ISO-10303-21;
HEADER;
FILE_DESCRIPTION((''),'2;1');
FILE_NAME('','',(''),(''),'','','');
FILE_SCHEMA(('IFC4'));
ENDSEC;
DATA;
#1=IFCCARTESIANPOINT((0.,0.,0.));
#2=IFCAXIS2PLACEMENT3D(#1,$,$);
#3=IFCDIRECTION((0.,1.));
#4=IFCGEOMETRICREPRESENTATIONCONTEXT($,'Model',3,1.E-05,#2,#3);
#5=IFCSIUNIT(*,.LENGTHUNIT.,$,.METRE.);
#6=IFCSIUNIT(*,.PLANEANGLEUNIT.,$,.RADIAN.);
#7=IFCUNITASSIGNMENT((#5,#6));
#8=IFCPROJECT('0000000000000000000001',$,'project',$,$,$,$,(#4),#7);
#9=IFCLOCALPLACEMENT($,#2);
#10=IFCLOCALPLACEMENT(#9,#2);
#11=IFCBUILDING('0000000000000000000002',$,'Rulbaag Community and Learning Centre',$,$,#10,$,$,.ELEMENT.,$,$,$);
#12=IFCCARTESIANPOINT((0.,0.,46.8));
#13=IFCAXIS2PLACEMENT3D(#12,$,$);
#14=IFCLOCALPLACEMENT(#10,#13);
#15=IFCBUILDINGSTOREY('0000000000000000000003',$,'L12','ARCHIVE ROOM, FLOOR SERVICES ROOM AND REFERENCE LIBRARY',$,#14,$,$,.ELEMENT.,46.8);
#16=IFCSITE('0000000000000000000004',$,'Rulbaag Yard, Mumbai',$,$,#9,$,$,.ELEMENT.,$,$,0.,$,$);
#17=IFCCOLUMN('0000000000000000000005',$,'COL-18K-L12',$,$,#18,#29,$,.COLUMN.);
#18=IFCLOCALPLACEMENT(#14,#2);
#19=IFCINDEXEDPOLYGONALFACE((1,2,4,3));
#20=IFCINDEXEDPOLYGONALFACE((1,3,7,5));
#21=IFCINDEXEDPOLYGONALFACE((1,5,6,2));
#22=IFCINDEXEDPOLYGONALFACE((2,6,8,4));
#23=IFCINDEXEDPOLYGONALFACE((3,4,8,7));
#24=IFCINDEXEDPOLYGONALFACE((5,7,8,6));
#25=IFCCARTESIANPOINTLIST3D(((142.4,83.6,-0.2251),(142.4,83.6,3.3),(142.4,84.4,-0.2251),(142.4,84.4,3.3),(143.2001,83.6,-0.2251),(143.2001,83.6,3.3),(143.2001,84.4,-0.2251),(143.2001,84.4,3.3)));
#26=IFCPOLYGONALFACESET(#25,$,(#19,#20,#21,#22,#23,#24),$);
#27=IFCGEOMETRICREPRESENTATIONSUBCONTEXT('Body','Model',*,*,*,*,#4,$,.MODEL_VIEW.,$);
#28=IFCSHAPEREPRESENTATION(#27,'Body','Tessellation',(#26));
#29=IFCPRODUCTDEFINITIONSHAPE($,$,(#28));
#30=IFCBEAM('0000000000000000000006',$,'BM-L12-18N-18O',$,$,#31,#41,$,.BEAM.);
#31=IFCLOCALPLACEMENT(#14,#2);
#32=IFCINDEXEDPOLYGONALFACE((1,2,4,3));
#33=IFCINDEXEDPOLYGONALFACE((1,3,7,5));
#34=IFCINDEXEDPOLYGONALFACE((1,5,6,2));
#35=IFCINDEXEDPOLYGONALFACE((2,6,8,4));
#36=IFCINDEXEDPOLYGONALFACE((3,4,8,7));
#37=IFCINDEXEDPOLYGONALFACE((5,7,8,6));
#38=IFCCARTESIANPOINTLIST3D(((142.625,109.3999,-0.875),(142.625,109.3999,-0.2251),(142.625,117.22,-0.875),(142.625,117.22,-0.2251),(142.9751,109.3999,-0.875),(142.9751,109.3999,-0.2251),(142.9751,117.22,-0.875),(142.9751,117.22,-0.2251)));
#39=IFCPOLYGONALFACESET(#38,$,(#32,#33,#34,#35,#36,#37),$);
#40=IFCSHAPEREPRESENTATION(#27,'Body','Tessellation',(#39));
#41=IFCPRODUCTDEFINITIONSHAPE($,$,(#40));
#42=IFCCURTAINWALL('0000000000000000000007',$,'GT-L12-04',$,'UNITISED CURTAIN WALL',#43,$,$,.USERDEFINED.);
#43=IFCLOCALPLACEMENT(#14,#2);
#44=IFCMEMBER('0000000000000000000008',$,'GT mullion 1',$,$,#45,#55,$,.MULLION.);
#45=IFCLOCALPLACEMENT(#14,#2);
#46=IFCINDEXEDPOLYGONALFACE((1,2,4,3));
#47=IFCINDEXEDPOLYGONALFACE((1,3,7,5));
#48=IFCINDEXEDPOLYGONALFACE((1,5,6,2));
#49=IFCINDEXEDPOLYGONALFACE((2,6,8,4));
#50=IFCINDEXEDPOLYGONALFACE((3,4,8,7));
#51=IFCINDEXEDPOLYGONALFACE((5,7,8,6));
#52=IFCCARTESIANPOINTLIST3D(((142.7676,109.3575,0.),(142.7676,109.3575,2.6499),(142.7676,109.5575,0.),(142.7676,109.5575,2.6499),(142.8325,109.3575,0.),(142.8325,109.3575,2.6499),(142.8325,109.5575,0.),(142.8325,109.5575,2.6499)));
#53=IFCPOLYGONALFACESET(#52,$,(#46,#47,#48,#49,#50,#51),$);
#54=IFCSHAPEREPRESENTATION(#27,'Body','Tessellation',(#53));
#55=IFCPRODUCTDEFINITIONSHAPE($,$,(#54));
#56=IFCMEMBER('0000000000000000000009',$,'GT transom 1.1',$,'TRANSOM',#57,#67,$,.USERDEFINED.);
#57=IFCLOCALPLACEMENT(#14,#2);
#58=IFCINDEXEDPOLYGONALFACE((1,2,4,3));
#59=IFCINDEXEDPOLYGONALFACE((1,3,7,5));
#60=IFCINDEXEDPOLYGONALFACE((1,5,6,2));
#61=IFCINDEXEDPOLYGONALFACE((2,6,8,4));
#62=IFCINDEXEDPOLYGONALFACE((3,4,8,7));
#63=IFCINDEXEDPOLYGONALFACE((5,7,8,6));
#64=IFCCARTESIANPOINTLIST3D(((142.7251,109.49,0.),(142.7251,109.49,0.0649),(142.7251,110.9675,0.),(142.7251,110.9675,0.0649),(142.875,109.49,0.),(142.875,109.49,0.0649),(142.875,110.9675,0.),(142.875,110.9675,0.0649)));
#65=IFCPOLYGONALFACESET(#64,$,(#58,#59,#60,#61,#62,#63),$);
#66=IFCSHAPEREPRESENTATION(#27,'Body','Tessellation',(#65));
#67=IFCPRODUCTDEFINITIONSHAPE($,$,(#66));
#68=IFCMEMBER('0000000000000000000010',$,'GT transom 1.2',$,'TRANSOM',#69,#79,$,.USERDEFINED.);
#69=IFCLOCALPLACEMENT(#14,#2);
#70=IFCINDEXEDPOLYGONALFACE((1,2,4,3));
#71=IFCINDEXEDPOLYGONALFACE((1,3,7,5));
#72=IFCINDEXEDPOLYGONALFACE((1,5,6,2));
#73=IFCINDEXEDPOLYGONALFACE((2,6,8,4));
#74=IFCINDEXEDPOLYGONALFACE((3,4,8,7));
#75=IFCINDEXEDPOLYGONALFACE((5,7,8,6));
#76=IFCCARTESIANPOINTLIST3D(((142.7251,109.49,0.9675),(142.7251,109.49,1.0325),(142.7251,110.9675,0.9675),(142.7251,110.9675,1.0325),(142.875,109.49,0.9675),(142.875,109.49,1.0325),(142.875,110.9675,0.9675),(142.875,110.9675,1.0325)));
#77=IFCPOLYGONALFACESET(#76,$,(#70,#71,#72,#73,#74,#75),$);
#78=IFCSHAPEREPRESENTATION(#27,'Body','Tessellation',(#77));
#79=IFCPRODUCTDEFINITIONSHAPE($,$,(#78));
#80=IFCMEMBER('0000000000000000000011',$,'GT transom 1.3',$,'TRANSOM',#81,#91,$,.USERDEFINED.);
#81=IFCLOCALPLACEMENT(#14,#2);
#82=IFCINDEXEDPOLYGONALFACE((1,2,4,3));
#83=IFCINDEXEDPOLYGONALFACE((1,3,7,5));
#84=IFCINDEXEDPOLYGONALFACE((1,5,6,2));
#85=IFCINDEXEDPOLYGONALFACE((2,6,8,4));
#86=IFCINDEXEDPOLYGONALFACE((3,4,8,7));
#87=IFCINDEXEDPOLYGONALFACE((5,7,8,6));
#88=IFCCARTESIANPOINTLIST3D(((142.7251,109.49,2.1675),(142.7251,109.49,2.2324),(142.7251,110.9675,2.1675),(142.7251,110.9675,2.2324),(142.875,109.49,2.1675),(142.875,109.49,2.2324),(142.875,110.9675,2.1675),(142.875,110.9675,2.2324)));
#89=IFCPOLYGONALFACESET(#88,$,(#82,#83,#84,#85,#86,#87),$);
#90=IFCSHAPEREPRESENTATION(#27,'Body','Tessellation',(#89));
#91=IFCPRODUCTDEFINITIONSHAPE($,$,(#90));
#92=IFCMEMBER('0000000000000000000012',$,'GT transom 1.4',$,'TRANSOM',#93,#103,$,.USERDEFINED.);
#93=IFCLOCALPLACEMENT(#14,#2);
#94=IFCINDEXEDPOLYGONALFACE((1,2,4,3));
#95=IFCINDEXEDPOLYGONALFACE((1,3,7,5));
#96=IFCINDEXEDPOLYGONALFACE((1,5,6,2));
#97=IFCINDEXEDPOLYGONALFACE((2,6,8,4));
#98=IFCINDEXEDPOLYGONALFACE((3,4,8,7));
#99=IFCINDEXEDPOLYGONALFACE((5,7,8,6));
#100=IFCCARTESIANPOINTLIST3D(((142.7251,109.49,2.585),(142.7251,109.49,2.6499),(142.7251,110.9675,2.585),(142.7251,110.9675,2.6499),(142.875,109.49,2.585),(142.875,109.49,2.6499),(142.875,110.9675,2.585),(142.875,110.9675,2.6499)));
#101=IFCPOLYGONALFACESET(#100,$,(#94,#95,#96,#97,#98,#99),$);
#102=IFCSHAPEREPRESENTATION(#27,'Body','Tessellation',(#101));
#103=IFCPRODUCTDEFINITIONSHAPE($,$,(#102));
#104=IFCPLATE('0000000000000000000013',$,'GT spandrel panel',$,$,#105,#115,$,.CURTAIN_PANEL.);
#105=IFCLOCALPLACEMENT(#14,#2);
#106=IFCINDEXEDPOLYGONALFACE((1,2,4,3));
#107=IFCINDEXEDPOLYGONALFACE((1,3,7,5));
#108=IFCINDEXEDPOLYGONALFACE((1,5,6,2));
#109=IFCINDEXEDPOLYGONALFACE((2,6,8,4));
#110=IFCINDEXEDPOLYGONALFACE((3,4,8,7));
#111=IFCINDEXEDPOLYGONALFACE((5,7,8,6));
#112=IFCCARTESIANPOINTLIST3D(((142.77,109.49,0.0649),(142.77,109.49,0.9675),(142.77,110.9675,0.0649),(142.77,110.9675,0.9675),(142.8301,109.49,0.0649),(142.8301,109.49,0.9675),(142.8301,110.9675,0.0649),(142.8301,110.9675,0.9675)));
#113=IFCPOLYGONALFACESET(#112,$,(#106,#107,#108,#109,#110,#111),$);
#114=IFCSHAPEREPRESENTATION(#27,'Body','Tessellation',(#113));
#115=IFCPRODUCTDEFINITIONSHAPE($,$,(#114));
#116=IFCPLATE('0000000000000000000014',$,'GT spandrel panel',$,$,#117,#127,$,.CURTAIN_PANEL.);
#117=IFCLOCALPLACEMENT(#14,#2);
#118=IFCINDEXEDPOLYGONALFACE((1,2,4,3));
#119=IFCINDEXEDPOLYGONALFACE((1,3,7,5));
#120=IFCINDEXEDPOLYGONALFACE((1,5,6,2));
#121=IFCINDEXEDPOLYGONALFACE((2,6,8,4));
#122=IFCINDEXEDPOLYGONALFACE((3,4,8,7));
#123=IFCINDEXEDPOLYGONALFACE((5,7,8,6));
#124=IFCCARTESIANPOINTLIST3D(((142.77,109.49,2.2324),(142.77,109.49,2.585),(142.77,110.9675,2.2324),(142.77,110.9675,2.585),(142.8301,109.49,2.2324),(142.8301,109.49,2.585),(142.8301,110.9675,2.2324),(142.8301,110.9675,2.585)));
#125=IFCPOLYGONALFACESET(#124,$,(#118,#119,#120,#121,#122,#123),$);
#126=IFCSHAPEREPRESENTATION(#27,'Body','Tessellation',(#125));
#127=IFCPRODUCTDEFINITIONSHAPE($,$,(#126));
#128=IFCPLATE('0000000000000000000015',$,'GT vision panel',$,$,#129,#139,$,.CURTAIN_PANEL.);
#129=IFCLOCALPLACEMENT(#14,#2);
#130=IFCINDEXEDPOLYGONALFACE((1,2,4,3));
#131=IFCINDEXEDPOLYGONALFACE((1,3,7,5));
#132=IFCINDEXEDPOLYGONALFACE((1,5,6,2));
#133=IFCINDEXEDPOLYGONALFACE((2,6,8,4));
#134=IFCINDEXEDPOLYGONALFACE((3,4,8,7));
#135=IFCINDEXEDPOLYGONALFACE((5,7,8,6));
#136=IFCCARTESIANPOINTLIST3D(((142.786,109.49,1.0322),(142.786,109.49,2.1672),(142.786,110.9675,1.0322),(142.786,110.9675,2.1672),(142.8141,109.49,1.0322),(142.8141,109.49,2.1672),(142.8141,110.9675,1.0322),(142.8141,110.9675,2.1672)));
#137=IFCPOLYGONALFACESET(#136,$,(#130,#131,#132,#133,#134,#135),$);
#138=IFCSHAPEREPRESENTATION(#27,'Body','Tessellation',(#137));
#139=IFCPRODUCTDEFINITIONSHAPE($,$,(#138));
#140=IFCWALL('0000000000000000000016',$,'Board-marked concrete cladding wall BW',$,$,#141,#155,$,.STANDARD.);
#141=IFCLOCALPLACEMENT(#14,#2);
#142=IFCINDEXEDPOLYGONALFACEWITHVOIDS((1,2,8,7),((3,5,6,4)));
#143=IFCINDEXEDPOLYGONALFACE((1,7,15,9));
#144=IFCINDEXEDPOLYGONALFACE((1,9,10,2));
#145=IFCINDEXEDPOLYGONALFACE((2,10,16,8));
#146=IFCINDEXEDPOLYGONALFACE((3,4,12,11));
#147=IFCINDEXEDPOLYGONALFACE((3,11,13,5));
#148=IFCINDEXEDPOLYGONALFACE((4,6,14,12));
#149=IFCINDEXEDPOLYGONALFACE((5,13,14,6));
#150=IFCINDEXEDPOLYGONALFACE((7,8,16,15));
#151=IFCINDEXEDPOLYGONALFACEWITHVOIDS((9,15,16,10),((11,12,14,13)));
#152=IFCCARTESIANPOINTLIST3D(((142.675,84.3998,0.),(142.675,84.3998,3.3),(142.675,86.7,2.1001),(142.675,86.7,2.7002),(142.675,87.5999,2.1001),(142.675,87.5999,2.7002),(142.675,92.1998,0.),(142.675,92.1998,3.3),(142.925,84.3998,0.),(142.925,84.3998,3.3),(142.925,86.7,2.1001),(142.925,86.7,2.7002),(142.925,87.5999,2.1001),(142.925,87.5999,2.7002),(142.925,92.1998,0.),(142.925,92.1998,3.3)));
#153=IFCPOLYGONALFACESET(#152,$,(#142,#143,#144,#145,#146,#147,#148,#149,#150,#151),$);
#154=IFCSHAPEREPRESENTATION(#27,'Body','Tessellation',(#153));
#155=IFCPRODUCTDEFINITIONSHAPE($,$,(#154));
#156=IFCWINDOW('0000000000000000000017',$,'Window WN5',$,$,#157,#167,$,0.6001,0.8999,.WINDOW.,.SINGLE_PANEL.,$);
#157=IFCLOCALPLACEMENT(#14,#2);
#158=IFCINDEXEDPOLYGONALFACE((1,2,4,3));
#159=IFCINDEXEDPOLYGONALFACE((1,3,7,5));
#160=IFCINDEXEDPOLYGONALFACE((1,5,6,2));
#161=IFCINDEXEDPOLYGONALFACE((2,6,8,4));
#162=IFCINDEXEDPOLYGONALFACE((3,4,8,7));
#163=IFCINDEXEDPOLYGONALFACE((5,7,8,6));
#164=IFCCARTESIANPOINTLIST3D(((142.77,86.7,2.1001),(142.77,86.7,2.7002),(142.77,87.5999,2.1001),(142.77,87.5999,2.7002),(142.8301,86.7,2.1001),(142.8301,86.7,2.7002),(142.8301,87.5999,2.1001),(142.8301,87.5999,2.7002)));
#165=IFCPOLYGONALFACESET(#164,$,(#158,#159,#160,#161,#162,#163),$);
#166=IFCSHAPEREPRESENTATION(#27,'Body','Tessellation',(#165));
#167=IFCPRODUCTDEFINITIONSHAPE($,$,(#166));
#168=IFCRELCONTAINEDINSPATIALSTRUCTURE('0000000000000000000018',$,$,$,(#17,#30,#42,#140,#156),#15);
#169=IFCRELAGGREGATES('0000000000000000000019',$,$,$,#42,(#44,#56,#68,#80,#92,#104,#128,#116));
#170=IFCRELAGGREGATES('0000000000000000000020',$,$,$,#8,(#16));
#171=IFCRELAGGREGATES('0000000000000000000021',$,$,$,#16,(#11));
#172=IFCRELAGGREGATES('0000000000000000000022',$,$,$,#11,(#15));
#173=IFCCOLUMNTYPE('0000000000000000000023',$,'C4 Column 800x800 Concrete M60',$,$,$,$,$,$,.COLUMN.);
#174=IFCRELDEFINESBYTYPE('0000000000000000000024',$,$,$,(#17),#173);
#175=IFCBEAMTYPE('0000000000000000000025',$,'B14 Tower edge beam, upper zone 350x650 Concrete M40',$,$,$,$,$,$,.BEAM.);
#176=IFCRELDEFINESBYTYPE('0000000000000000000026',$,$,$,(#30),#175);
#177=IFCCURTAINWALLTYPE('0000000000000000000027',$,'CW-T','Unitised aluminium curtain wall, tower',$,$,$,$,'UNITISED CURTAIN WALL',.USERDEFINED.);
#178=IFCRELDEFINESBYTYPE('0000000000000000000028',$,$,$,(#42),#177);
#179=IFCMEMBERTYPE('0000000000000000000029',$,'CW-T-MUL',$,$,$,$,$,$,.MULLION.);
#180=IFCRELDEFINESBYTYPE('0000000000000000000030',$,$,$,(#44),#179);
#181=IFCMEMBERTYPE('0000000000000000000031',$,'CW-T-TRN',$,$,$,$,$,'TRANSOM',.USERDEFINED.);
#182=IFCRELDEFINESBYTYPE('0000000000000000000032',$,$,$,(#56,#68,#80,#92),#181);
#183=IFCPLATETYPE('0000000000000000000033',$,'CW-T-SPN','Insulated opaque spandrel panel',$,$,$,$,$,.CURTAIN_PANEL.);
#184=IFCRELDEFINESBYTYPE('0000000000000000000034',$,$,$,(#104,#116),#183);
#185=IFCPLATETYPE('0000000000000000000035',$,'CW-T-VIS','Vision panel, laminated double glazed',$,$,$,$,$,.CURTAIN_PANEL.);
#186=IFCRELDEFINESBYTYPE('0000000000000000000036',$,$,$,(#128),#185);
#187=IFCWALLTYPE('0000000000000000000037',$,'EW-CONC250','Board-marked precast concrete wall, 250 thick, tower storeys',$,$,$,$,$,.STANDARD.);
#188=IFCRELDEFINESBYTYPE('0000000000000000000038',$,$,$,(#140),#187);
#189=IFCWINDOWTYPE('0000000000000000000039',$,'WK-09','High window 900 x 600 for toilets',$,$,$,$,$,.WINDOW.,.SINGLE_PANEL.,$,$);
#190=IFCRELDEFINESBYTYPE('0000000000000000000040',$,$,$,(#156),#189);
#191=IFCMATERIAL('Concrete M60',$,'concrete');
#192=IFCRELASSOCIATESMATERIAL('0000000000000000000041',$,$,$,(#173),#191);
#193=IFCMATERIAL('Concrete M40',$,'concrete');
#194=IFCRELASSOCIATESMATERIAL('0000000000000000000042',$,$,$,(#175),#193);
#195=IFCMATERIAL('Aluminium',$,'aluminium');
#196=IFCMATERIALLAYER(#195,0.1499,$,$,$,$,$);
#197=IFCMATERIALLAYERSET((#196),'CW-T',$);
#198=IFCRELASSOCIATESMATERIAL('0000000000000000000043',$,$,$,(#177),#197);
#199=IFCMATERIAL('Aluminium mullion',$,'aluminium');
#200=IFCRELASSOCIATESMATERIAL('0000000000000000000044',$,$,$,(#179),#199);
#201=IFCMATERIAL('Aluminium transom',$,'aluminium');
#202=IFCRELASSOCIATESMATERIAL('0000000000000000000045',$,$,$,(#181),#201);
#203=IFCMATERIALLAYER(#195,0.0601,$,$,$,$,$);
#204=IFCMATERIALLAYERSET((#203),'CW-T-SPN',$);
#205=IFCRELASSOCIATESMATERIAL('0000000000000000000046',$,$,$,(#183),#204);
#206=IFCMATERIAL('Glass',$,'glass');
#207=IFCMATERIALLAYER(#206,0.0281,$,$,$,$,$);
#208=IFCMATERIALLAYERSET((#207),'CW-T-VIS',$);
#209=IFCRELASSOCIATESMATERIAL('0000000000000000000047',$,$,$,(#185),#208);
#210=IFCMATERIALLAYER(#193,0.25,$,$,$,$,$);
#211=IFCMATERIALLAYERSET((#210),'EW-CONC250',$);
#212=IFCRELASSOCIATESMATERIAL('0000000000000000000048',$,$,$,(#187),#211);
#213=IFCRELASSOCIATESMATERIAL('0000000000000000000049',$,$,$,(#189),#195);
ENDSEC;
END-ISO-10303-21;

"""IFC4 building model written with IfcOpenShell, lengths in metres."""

from ifc_helpers import new_model, si_unit, direction, frame, frame_2d, origin, origin_2d, place, context, subcontext, project, spatial, rectangle, extrude, material, layer, layer_set, material_profile, profile_set, type_object, element, fill, aggregate, save


model = new_model("IFC4")

# Units and contexts
model_context = context("Model", 3, precision=1e-05, world=origin(), true_north=direction((0.0, 1.0)))
body_context = subcontext(model_context, "Body", "Model", "MODEL_VIEW")
ifc_project = project(units=[si_unit("LENGTHUNIT", "METRE"), si_unit("PLANEANGLEUNIT", "RADIAN")], contexts=[model_context])

# Site, building, storey
site_placement = place(None, origin())
site = spatial("IfcSite", under=ifc_project, at=site_placement, Name="Rulbaag Yard, Mumbai", CompositionType="ELEMENT", RefElevation=0.0)
building_placement = place(site_placement, origin())
building = spatial("IfcBuilding", under=site, at=building_placement, Name="Rulbaag Community and Learning Centre", CompositionType="ELEMENT")
storey_placement = place(building_placement, frame((0.0, 0.0, 46.8)))
storey = spatial("IfcBuildingStorey", under=building, at=storey_placement, Name="L12", Description="ARCHIVE ROOM, FLOOR SERVICES ROOM AND REFERENCE LIBRARY", CompositionType="ELEMENT", Elevation=46.8)

# Column
ifc_material_1 = material(Name="Concrete M60", Category="concrete")
ifc_material_profile_1 = material_profile(ifc_material_1, rectangle(XDim=0.8, YDim=0.8, at=origin_2d()), Name="RC800x800")
ifc_profile_set_1 = profile_set([ifc_material_profile_1], Name="Concrete M60")
column_type = type_object("IfcColumnType", Name="C4 Column 800x800 Concrete M60", PredefinedType="COLUMN", material=ifc_profile_set_1)
column_placement = place(storey_placement, frame((142.8, 84.0, -0.2251), z_axis=(0.0, 0.0, 1.0), x_axis=(1.0, 0.0, 0.0)))
element("IfcColumn", 1, at=column_placement, inside=storey, type_object=column_type, Name="COL-18K-L12", PredefinedType="COLUMN", context=body_context, shape_type="SweptSolid", body=[
    extrude(rectangle(XDim=0.8, YDim=0.8, at=origin_2d()), origin(), (0.0, 0.0, 1.0), 3.5251),
])

# Beam
ifc_material_2 = material(Name="Concrete M40", Category="concrete")
ifc_material_profile_2 = material_profile(ifc_material_2, rectangle(XDim=0.3501, YDim=0.6499, at=origin_2d()), Name="RB350x650")
ifc_profile_set_2 = profile_set([ifc_material_profile_2], Name="Concrete M40")
beam_type = type_object("IfcBeamType", Name="B14 Tower edge beam, upper zone 350x650 Concrete M40", PredefinedType="BEAM", material=ifc_profile_set_2)
beam_placement = place(storey_placement, frame((142.8, 109.3999, -0.55), z_axis=(0.0, 1.0, 0.0), x_axis=(-1.0, 0.0, 0.0)))
element("IfcBeam", 2, at=beam_placement, inside=storey, type_object=beam_type, Name="BM-L12-18N-18O", PredefinedType="BEAM", context=body_context, shape_type="SweptSolid", body=[
    extrude(rectangle(XDim=0.3501, YDim=0.6499, at=origin_2d()), origin(), (0.0, 0.0, 1.0), 7.8201),
])

# Curtain wall, members, plates
ifc_material_3 = material(Name="Aluminium", Category="aluminium")
ifc_layer_1 = layer(ifc_material_3, 0.1499)
ifc_layer_set_1 = layer_set([ifc_layer_1], Name="CW-T")
curtain_wall_type = type_object("IfcCurtainWallType", Name="CW-T", Description="Unitised aluminium curtain wall, tower", ElementType="UNITISED CURTAIN WALL", PredefinedType="USERDEFINED", material=ifc_layer_set_1)
curtain_wall_placement = place(storey_placement, origin())
curtain_wall = element("IfcCurtainWall", 3, at=curtain_wall_placement, inside=storey, type_object=curtain_wall_type, Name="GT-L12-04", ObjectType="UNITISED CURTAIN WALL", PredefinedType="USERDEFINED")
ifc_material_4 = material(Name="Aluminium mullion", Category="aluminium")
ifc_material_profile_3 = material_profile(ifc_material_4, rectangle(XDim=0.0649, YDim=0.2, at=origin_2d()), Name="AL 65x200")
ifc_profile_set_3 = profile_set([ifc_material_profile_3], Name="Aluminium mullion")
member_type_1 = type_object("IfcMemberType", Name="CW-T-MUL", PredefinedType="MULLION", material=ifc_profile_set_3)
member_1_placement = place(storey_placement, frame((142.8, 109.4575, 0.0), z_axis=(0.0, 0.0, 1.0), x_axis=(-1.0, 0.0, 0.0)))
member_1 = element("IfcMember", 4, at=member_1_placement, type_object=member_type_1, Name="GT mullion 1", PredefinedType="MULLION", context=body_context, shape_type="SweptSolid", body=[
    extrude(rectangle(XDim=0.0649, YDim=0.2, at=origin_2d()), origin(), (0.0, 0.0, 1.0), 2.6499),
])
ifc_material_5 = material(Name="Aluminium transom", Category="aluminium")
ifc_material_profile_4 = material_profile(ifc_material_5, rectangle(XDim=0.1499, YDim=0.0649, at=origin_2d()), Name="AL 65x150 T")
ifc_profile_set_4 = profile_set([ifc_material_profile_4], Name="Aluminium transom")
member_type_2 = type_object("IfcMemberType", Name="CW-T-TRN", ElementType="TRANSOM", PredefinedType="USERDEFINED", material=ifc_profile_set_4)
member_2_placement = place(storey_placement, frame((142.8, 109.49, 0.0325), z_axis=(0.0, 1.0, 0.0), x_axis=(-1.0, 0.0, 0.0)))
member_2 = element("IfcMember", 5, at=member_2_placement, type_object=member_type_2, Name="GT transom 1.1", ObjectType="TRANSOM", PredefinedType="USERDEFINED", context=body_context, shape_type="SweptSolid", body=[
    extrude(rectangle(XDim=0.1499, YDim=0.0649, at=origin_2d()), origin(), (0.0, 0.0, 1.0), 1.4775),
])
member_3_placement = place(storey_placement, frame((142.8, 109.49, 1.0), z_axis=(0.0, 1.0, 0.0), x_axis=(-1.0, 0.0, 0.0)))
member_3 = element("IfcMember", 6, at=member_3_placement, type_object=member_type_2, Name="GT transom 1.2", ObjectType="TRANSOM", PredefinedType="USERDEFINED", context=body_context, shape_type="SweptSolid", body=[
    extrude(rectangle(XDim=0.1499, YDim=0.0649, at=origin_2d()), origin(), (0.0, 0.0, 1.0), 1.4775),
])
member_4_placement = place(storey_placement, frame((142.8, 109.49, 2.2), z_axis=(0.0, 1.0, 0.0), x_axis=(-1.0, 0.0, 0.0)))
member_4 = element("IfcMember", 7, at=member_4_placement, type_object=member_type_2, Name="GT transom 1.3", ObjectType="TRANSOM", PredefinedType="USERDEFINED", context=body_context, shape_type="SweptSolid", body=[
    extrude(rectangle(XDim=0.1499, YDim=0.0649, at=origin_2d()), origin(), (0.0, 0.0, 1.0), 1.4775),
])
member_5_placement = place(storey_placement, frame((142.8, 109.49, 2.6174), z_axis=(0.0, 1.0, 0.0), x_axis=(-1.0, 0.0, 0.0)))
member_5 = element("IfcMember", 8, at=member_5_placement, type_object=member_type_2, Name="GT transom 1.4", ObjectType="TRANSOM", PredefinedType="USERDEFINED", context=body_context, shape_type="SweptSolid", body=[
    extrude(rectangle(XDim=0.1499, YDim=0.0649, at=origin_2d()), origin(), (0.0, 0.0, 1.0), 1.4775),
])
ifc_layer_2 = layer(ifc_material_3, 0.0601)
ifc_layer_set_2 = layer_set([ifc_layer_2], Name="CW-T-SPN")
plate_type_1 = type_object("IfcPlateType", Name="CW-T-SPN", Description="Insulated opaque spandrel panel", PredefinedType="CURTAIN_PANEL", material=ifc_layer_set_2)
plate_1_placement = place(storey_placement, frame((142.8, 110.2288, 0.0649), z_axis=(0.0, 0.0, 1.0), x_axis=(0.0, 1.0, 0.0)))
plate_1 = element("IfcPlate", 9, at=plate_1_placement, type_object=plate_type_1, Name="GT spandrel panel", PredefinedType="CURTAIN_PANEL", context=body_context, shape_type="SweptSolid", body=[
    extrude(rectangle(XDim=1.4775, YDim=0.0601, at=origin_2d()), origin(), (0.0, 0.0, 1.0), 0.9026),
])
plate_2_placement = place(storey_placement, frame((142.8, 110.2288, 2.2324), z_axis=(0.0, 0.0, 1.0), x_axis=(0.0, 1.0, 0.0)))
plate_2 = element("IfcPlate", 10, at=plate_2_placement, type_object=plate_type_1, Name="GT spandrel panel", PredefinedType="CURTAIN_PANEL", context=body_context, shape_type="SweptSolid", body=[
    extrude(rectangle(XDim=1.4775, YDim=0.0601, at=origin_2d()), origin(), (0.0, 0.0, 1.0), 0.3525),
])
ifc_material_6 = material(Name="Glass", Category="glass")
ifc_layer_3 = layer(ifc_material_6, 0.0281)
ifc_layer_set_3 = layer_set([ifc_layer_3], Name="CW-T-VIS")
plate_type_2 = type_object("IfcPlateType", Name="CW-T-VIS", Description="Vision panel, laminated double glazed", PredefinedType="CURTAIN_PANEL", material=ifc_layer_set_3)
plate_3_placement = place(storey_placement, frame((142.8, 110.2288, 1.0322), z_axis=(0.0, 0.0, 1.0), x_axis=(0.0, 1.0, 0.0)))
plate_3 = element("IfcPlate", 11, at=plate_3_placement, type_object=plate_type_2, Name="GT vision panel", PredefinedType="CURTAIN_PANEL", context=body_context, shape_type="SweptSolid", body=[
    extrude(rectangle(XDim=1.4775, YDim=0.0281, at=origin_2d()), origin(), (0.0, 0.0, 1.0), 1.135),
])
aggregate(curtain_wall, [member_1, member_2, member_3, member_4, member_5, plate_1, plate_3, plate_2])

# Wall, opening, window
ifc_layer_4 = layer(ifc_material_2, 0.25)
ifc_layer_set_4 = layer_set([ifc_layer_4], Name="EW-CONC250")
wall_type_1 = type_object("IfcWallType", Name="EW-CONC250", Description="Board-marked precast concrete wall, 250 thick, tower storeys", PredefinedType="STANDARD", material=ifc_layer_set_4)
wall_1_placement = place(storey_placement, frame((142.8, 84.3999, 0.0), z_axis=(0.0, 0.0, 1.0), x_axis=(0.0, 1.0, 0.0)))
wall_1 = element("IfcWall", 12, at=wall_1_placement, inside=storey, type_object=wall_type_1, Name="Board-marked concrete cladding wall BW", PredefinedType="STANDARD", context=body_context, shape_type="SweptSolid", body=[
    extrude(rectangle(XDim=7.8, YDim=0.25, at=frame_2d((3.8999, 0.0))), origin(), (0.0, 0.0, 1.0), 3.3),
])
opening_1_placement = place(wall_1_placement, frame((2.3, 0.0, 2.1001)))
opening_1 = element("IfcOpeningElement", 13, at=opening_1_placement, cuts=wall_1, PredefinedType="OPENING", context=body_context, shape_type="SweptSolid", body=[
    extrude(rectangle(XDim=0.8999, YDim=0.6001, at=frame_2d((0.45, 0.3))), frame((0.0, 0.135, 0.0), z_axis=(0.0, -1.0, 0.0), x_axis=(1.0, 0.0, 0.0)), (0.0, 0.0, 1.0), 0.27),
])
window_type = type_object("IfcWindowType", Name="WK-09", Description="High window 900 x 600 for toilets", PartitioningType="SINGLE_PANEL", PredefinedType="WINDOW", material=ifc_material_3)
window_placement = place(opening_1_placement, origin())
window = element("IfcWindow", 14, at=window_placement, inside=storey, type_object=window_type, Name="Window WN5", OverallHeight=0.6001, OverallWidth=0.8999, PartitioningType="SINGLE_PANEL", PredefinedType="WINDOW", context=body_context, shape_type="SweptSolid", body=[
    extrude(rectangle(XDim=0.8999, YDim=0.6001, at=frame_2d((0.45, 0.3))), frame((0.0, 0.03, 0.0), z_axis=(0.0, -1.0, 0.0), x_axis=(1.0, 0.0, 0.0)), (0.0, 0.0, 1.0), 0.0601),
])
fill(opening_1, window)

save(model, "model.ifc")
